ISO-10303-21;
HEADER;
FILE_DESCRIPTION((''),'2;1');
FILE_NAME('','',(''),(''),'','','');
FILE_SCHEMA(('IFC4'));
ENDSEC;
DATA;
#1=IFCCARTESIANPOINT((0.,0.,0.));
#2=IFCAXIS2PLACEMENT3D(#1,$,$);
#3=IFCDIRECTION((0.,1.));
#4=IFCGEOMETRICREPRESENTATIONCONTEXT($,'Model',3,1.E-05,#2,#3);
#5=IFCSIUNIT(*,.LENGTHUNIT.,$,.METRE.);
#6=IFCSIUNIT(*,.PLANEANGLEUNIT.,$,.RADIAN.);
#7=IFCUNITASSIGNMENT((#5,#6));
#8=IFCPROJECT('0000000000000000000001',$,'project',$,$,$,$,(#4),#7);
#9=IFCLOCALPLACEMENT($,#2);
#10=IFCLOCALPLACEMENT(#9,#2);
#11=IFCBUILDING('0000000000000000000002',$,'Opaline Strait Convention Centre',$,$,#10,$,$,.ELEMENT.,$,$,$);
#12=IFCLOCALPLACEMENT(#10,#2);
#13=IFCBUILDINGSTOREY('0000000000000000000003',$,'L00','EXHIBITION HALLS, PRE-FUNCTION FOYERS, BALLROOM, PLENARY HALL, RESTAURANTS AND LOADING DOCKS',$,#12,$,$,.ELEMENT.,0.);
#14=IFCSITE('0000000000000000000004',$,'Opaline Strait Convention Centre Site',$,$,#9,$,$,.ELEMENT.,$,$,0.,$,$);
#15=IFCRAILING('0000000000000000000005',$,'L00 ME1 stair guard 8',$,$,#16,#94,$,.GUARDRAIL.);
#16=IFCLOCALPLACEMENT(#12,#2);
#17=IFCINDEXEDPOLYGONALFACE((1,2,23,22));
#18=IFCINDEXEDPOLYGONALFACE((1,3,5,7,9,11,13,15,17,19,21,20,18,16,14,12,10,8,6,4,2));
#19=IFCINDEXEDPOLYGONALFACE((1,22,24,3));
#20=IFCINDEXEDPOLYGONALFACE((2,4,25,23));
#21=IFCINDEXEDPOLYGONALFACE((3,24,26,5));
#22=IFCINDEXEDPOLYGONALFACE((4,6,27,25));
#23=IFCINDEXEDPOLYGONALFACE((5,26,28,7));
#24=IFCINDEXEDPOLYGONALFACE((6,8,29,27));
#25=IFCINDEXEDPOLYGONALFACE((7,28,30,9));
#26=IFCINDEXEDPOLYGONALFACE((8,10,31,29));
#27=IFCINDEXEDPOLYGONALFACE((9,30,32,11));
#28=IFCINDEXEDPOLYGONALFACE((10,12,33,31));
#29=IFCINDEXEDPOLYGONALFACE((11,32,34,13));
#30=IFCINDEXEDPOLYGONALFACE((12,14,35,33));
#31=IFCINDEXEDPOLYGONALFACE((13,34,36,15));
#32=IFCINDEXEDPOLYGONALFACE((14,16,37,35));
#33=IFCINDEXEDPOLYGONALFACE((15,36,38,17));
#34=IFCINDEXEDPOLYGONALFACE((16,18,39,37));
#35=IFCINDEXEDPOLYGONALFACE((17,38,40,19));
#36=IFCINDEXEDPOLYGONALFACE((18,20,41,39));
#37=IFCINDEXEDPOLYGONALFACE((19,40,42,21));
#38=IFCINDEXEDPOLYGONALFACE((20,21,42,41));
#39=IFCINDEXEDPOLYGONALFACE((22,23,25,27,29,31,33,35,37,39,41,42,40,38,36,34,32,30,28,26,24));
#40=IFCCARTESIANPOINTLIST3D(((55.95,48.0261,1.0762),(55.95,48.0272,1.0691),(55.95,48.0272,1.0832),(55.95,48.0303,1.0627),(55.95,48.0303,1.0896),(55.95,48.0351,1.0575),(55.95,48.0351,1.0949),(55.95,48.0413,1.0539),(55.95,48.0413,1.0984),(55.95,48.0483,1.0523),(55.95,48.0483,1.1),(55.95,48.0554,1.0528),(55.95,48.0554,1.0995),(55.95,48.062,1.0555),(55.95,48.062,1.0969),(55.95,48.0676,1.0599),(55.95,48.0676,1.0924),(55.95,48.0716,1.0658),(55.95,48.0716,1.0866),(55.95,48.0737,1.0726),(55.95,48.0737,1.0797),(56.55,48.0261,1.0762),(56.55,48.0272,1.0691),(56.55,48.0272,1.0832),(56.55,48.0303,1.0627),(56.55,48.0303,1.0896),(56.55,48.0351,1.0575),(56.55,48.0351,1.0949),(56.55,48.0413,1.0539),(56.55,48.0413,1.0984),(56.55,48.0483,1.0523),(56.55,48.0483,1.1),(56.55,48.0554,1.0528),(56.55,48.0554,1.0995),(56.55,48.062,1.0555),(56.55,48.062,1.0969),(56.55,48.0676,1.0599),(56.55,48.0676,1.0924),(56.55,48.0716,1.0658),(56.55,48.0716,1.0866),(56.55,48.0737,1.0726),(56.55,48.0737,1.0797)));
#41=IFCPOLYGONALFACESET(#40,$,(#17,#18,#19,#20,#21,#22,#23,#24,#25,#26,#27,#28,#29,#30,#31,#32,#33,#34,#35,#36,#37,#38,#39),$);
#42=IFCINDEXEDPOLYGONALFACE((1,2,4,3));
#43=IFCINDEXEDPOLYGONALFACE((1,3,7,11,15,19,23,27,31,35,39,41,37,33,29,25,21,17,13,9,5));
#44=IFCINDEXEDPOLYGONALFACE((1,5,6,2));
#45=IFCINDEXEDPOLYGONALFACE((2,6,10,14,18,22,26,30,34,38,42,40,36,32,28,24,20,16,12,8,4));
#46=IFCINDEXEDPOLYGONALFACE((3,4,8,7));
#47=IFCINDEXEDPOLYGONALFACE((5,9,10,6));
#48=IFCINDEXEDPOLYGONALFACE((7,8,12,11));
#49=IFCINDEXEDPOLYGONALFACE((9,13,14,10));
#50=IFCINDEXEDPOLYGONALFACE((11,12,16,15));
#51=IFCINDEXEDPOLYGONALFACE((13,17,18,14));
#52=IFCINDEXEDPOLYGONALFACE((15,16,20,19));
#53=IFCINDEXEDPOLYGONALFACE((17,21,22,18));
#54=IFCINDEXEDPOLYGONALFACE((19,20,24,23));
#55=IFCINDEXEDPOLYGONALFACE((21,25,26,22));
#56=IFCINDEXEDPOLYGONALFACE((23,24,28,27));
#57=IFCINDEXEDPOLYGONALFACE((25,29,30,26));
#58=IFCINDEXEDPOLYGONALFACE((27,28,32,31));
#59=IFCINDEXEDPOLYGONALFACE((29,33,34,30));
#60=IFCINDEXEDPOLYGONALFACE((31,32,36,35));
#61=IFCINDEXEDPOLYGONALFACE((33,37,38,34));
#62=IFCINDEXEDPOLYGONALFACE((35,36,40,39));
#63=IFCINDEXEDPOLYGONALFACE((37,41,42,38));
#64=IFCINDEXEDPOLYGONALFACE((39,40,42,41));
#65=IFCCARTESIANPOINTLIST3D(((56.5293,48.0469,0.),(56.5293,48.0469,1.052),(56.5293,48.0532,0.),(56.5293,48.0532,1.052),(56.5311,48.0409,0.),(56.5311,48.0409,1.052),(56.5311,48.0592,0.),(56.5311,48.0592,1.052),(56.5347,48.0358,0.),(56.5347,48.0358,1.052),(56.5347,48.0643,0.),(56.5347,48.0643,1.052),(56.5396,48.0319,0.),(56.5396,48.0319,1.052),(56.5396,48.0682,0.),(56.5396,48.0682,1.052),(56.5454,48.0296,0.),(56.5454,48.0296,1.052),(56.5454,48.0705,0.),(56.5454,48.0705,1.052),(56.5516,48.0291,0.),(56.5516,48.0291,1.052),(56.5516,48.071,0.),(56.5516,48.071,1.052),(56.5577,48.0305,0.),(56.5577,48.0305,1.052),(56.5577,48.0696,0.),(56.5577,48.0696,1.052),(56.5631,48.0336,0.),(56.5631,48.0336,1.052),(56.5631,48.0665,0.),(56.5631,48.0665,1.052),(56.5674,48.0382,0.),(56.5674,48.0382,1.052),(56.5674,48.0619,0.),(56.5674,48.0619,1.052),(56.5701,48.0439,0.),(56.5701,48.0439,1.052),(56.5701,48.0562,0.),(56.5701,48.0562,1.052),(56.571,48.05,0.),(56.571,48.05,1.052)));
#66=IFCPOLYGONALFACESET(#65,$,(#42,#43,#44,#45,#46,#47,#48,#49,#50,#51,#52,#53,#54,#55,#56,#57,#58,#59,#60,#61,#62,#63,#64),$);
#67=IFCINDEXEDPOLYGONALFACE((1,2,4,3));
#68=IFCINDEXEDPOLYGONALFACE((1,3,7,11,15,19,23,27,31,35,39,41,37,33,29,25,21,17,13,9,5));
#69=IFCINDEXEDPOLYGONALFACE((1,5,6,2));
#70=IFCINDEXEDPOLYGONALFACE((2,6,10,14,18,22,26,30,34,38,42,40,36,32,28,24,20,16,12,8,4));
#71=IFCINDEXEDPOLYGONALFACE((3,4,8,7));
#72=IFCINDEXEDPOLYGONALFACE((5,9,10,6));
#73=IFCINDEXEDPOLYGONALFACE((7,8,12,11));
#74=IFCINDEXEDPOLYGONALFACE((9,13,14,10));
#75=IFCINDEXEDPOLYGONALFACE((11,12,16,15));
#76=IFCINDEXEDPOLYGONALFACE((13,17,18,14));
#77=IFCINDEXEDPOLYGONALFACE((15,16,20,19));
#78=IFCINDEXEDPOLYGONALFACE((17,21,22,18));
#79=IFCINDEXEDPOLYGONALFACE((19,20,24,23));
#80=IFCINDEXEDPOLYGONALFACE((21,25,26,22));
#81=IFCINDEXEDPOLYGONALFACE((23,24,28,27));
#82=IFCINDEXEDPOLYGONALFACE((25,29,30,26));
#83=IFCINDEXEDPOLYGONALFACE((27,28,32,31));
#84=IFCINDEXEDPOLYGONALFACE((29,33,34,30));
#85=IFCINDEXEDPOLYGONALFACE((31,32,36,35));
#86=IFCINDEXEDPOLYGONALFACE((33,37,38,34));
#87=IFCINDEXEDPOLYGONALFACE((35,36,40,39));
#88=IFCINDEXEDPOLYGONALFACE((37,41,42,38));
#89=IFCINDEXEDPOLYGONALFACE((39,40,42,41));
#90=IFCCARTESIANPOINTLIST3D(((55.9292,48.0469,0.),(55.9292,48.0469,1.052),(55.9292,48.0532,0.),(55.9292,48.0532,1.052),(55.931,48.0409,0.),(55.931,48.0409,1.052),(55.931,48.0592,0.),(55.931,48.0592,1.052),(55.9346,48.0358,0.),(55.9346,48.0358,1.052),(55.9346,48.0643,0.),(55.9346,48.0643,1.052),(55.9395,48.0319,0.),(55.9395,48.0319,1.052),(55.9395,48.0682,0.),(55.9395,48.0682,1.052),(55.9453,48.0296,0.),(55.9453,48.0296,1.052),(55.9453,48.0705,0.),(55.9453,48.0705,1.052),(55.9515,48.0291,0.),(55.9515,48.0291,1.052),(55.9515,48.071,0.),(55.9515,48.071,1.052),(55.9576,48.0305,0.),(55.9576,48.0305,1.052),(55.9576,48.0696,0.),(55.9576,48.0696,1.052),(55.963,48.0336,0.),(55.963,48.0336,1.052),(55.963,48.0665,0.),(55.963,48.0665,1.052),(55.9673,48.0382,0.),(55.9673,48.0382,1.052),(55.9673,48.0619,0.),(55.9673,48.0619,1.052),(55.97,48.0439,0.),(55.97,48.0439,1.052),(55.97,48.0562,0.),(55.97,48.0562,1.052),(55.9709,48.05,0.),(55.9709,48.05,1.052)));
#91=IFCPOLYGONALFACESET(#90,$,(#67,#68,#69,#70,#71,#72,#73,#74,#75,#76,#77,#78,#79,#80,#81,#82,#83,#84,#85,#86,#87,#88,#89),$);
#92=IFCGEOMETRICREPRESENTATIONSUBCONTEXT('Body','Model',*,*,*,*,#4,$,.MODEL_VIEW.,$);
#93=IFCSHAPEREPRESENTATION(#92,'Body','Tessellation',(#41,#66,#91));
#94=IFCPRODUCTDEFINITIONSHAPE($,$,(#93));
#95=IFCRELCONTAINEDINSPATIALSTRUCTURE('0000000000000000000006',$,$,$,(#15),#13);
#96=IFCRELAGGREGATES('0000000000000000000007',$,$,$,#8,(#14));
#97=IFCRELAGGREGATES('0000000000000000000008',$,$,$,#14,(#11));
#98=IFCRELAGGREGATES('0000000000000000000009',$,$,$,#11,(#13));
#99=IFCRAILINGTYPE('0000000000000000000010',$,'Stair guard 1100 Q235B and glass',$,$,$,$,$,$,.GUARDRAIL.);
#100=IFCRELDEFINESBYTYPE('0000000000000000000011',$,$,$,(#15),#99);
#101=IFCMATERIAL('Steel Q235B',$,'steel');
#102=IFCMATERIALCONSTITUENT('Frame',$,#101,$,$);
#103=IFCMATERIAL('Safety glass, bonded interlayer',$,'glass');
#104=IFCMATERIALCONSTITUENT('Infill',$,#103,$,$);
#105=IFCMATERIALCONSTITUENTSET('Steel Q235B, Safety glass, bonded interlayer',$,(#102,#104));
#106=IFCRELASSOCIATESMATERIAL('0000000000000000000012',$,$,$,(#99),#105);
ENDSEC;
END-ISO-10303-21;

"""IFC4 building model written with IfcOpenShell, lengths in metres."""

from ifc_helpers import new_model, si_unit, direction, frame, origin, origin_2d, place, context, subcontext, project, spatial, circle, extrude, material, constituent, constituent_set, type_object, element, save


model = new_model("IFC4")

# Units and contexts
model_context = context("Model", 3, precision=1e-05, world=origin(), true_north=direction((0.0, 1.0)))
body_context = subcontext(model_context, "Body", "Model", "MODEL_VIEW")
ifc_project = project(units=[si_unit("LENGTHUNIT", "METRE"), si_unit("PLANEANGLEUNIT", "RADIAN")], contexts=[model_context])

# Site, building, storey
site_placement = place(None, origin())
site = spatial("IfcSite", under=ifc_project, at=site_placement, Name="Opaline Strait Convention Centre Site", CompositionType="ELEMENT", RefElevation=0.0)
building_placement = place(site_placement, origin())
building = spatial("IfcBuilding", under=site, at=building_placement, Name="Opaline Strait Convention Centre", CompositionType="ELEMENT")
storey_placement = place(building_placement, origin())
storey = spatial("IfcBuildingStorey", under=building, at=storey_placement, Name="L00", Description="EXHIBITION HALLS, PRE-FUNCTION FOYERS, BALLROOM, PLENARY HALL, RESTAURANTS AND LOADING DOCKS", CompositionType="ELEMENT", Elevation=0.0)

# Railing
ifc_material_1 = material(Name="Steel Q235B", Category="steel")
ifc_constituent_1 = constituent(ifc_material_1, Name="Frame")
ifc_material_2 = material(Name="Safety glass, bonded interlayer", Category="glass")
ifc_constituent_2 = constituent(ifc_material_2, Name="Infill")
ifc_constituent_set = constituent_set(constituents=[ifc_constituent_1, ifc_constituent_2], Name="Steel Q235B, Safety glass, bonded interlayer")
railing_type_1 = type_object("IfcRailingType", Name="Stair guard 1100 Q235B and glass", PredefinedType="GUARDRAIL", material=ifc_constituent_set)
railing_1_placement = place(storey_placement, frame((56.55, 48.05, 0.0)))
element("IfcRailing", 1, at=railing_1_placement, inside=storey, type_object=railing_type_1, Name="L00 ME1 stair guard 8", PredefinedType="GUARDRAIL", context=body_context, shape_type="SweptSolid", body=[
    extrude(circle(Radius=0.0239, at=origin_2d()), frame((0.0, 0.0, 1.0762), z_axis=(-1.0, 0.0, 0.0), x_axis=(0.0, -1.0, 0.0)), (0.0, 0.0, 1.0), 0.6001),
    extrude(circle(Radius=0.021, at=origin_2d()), origin(), (0.0, 0.0, 1.0), 1.052),
    extrude(circle(Radius=0.021, at=origin_2d()), frame((-0.6001, 0.0, 0.0)), (0.0, 0.0, 1.0), 1.052),
])

save(model, "model.ifc")
